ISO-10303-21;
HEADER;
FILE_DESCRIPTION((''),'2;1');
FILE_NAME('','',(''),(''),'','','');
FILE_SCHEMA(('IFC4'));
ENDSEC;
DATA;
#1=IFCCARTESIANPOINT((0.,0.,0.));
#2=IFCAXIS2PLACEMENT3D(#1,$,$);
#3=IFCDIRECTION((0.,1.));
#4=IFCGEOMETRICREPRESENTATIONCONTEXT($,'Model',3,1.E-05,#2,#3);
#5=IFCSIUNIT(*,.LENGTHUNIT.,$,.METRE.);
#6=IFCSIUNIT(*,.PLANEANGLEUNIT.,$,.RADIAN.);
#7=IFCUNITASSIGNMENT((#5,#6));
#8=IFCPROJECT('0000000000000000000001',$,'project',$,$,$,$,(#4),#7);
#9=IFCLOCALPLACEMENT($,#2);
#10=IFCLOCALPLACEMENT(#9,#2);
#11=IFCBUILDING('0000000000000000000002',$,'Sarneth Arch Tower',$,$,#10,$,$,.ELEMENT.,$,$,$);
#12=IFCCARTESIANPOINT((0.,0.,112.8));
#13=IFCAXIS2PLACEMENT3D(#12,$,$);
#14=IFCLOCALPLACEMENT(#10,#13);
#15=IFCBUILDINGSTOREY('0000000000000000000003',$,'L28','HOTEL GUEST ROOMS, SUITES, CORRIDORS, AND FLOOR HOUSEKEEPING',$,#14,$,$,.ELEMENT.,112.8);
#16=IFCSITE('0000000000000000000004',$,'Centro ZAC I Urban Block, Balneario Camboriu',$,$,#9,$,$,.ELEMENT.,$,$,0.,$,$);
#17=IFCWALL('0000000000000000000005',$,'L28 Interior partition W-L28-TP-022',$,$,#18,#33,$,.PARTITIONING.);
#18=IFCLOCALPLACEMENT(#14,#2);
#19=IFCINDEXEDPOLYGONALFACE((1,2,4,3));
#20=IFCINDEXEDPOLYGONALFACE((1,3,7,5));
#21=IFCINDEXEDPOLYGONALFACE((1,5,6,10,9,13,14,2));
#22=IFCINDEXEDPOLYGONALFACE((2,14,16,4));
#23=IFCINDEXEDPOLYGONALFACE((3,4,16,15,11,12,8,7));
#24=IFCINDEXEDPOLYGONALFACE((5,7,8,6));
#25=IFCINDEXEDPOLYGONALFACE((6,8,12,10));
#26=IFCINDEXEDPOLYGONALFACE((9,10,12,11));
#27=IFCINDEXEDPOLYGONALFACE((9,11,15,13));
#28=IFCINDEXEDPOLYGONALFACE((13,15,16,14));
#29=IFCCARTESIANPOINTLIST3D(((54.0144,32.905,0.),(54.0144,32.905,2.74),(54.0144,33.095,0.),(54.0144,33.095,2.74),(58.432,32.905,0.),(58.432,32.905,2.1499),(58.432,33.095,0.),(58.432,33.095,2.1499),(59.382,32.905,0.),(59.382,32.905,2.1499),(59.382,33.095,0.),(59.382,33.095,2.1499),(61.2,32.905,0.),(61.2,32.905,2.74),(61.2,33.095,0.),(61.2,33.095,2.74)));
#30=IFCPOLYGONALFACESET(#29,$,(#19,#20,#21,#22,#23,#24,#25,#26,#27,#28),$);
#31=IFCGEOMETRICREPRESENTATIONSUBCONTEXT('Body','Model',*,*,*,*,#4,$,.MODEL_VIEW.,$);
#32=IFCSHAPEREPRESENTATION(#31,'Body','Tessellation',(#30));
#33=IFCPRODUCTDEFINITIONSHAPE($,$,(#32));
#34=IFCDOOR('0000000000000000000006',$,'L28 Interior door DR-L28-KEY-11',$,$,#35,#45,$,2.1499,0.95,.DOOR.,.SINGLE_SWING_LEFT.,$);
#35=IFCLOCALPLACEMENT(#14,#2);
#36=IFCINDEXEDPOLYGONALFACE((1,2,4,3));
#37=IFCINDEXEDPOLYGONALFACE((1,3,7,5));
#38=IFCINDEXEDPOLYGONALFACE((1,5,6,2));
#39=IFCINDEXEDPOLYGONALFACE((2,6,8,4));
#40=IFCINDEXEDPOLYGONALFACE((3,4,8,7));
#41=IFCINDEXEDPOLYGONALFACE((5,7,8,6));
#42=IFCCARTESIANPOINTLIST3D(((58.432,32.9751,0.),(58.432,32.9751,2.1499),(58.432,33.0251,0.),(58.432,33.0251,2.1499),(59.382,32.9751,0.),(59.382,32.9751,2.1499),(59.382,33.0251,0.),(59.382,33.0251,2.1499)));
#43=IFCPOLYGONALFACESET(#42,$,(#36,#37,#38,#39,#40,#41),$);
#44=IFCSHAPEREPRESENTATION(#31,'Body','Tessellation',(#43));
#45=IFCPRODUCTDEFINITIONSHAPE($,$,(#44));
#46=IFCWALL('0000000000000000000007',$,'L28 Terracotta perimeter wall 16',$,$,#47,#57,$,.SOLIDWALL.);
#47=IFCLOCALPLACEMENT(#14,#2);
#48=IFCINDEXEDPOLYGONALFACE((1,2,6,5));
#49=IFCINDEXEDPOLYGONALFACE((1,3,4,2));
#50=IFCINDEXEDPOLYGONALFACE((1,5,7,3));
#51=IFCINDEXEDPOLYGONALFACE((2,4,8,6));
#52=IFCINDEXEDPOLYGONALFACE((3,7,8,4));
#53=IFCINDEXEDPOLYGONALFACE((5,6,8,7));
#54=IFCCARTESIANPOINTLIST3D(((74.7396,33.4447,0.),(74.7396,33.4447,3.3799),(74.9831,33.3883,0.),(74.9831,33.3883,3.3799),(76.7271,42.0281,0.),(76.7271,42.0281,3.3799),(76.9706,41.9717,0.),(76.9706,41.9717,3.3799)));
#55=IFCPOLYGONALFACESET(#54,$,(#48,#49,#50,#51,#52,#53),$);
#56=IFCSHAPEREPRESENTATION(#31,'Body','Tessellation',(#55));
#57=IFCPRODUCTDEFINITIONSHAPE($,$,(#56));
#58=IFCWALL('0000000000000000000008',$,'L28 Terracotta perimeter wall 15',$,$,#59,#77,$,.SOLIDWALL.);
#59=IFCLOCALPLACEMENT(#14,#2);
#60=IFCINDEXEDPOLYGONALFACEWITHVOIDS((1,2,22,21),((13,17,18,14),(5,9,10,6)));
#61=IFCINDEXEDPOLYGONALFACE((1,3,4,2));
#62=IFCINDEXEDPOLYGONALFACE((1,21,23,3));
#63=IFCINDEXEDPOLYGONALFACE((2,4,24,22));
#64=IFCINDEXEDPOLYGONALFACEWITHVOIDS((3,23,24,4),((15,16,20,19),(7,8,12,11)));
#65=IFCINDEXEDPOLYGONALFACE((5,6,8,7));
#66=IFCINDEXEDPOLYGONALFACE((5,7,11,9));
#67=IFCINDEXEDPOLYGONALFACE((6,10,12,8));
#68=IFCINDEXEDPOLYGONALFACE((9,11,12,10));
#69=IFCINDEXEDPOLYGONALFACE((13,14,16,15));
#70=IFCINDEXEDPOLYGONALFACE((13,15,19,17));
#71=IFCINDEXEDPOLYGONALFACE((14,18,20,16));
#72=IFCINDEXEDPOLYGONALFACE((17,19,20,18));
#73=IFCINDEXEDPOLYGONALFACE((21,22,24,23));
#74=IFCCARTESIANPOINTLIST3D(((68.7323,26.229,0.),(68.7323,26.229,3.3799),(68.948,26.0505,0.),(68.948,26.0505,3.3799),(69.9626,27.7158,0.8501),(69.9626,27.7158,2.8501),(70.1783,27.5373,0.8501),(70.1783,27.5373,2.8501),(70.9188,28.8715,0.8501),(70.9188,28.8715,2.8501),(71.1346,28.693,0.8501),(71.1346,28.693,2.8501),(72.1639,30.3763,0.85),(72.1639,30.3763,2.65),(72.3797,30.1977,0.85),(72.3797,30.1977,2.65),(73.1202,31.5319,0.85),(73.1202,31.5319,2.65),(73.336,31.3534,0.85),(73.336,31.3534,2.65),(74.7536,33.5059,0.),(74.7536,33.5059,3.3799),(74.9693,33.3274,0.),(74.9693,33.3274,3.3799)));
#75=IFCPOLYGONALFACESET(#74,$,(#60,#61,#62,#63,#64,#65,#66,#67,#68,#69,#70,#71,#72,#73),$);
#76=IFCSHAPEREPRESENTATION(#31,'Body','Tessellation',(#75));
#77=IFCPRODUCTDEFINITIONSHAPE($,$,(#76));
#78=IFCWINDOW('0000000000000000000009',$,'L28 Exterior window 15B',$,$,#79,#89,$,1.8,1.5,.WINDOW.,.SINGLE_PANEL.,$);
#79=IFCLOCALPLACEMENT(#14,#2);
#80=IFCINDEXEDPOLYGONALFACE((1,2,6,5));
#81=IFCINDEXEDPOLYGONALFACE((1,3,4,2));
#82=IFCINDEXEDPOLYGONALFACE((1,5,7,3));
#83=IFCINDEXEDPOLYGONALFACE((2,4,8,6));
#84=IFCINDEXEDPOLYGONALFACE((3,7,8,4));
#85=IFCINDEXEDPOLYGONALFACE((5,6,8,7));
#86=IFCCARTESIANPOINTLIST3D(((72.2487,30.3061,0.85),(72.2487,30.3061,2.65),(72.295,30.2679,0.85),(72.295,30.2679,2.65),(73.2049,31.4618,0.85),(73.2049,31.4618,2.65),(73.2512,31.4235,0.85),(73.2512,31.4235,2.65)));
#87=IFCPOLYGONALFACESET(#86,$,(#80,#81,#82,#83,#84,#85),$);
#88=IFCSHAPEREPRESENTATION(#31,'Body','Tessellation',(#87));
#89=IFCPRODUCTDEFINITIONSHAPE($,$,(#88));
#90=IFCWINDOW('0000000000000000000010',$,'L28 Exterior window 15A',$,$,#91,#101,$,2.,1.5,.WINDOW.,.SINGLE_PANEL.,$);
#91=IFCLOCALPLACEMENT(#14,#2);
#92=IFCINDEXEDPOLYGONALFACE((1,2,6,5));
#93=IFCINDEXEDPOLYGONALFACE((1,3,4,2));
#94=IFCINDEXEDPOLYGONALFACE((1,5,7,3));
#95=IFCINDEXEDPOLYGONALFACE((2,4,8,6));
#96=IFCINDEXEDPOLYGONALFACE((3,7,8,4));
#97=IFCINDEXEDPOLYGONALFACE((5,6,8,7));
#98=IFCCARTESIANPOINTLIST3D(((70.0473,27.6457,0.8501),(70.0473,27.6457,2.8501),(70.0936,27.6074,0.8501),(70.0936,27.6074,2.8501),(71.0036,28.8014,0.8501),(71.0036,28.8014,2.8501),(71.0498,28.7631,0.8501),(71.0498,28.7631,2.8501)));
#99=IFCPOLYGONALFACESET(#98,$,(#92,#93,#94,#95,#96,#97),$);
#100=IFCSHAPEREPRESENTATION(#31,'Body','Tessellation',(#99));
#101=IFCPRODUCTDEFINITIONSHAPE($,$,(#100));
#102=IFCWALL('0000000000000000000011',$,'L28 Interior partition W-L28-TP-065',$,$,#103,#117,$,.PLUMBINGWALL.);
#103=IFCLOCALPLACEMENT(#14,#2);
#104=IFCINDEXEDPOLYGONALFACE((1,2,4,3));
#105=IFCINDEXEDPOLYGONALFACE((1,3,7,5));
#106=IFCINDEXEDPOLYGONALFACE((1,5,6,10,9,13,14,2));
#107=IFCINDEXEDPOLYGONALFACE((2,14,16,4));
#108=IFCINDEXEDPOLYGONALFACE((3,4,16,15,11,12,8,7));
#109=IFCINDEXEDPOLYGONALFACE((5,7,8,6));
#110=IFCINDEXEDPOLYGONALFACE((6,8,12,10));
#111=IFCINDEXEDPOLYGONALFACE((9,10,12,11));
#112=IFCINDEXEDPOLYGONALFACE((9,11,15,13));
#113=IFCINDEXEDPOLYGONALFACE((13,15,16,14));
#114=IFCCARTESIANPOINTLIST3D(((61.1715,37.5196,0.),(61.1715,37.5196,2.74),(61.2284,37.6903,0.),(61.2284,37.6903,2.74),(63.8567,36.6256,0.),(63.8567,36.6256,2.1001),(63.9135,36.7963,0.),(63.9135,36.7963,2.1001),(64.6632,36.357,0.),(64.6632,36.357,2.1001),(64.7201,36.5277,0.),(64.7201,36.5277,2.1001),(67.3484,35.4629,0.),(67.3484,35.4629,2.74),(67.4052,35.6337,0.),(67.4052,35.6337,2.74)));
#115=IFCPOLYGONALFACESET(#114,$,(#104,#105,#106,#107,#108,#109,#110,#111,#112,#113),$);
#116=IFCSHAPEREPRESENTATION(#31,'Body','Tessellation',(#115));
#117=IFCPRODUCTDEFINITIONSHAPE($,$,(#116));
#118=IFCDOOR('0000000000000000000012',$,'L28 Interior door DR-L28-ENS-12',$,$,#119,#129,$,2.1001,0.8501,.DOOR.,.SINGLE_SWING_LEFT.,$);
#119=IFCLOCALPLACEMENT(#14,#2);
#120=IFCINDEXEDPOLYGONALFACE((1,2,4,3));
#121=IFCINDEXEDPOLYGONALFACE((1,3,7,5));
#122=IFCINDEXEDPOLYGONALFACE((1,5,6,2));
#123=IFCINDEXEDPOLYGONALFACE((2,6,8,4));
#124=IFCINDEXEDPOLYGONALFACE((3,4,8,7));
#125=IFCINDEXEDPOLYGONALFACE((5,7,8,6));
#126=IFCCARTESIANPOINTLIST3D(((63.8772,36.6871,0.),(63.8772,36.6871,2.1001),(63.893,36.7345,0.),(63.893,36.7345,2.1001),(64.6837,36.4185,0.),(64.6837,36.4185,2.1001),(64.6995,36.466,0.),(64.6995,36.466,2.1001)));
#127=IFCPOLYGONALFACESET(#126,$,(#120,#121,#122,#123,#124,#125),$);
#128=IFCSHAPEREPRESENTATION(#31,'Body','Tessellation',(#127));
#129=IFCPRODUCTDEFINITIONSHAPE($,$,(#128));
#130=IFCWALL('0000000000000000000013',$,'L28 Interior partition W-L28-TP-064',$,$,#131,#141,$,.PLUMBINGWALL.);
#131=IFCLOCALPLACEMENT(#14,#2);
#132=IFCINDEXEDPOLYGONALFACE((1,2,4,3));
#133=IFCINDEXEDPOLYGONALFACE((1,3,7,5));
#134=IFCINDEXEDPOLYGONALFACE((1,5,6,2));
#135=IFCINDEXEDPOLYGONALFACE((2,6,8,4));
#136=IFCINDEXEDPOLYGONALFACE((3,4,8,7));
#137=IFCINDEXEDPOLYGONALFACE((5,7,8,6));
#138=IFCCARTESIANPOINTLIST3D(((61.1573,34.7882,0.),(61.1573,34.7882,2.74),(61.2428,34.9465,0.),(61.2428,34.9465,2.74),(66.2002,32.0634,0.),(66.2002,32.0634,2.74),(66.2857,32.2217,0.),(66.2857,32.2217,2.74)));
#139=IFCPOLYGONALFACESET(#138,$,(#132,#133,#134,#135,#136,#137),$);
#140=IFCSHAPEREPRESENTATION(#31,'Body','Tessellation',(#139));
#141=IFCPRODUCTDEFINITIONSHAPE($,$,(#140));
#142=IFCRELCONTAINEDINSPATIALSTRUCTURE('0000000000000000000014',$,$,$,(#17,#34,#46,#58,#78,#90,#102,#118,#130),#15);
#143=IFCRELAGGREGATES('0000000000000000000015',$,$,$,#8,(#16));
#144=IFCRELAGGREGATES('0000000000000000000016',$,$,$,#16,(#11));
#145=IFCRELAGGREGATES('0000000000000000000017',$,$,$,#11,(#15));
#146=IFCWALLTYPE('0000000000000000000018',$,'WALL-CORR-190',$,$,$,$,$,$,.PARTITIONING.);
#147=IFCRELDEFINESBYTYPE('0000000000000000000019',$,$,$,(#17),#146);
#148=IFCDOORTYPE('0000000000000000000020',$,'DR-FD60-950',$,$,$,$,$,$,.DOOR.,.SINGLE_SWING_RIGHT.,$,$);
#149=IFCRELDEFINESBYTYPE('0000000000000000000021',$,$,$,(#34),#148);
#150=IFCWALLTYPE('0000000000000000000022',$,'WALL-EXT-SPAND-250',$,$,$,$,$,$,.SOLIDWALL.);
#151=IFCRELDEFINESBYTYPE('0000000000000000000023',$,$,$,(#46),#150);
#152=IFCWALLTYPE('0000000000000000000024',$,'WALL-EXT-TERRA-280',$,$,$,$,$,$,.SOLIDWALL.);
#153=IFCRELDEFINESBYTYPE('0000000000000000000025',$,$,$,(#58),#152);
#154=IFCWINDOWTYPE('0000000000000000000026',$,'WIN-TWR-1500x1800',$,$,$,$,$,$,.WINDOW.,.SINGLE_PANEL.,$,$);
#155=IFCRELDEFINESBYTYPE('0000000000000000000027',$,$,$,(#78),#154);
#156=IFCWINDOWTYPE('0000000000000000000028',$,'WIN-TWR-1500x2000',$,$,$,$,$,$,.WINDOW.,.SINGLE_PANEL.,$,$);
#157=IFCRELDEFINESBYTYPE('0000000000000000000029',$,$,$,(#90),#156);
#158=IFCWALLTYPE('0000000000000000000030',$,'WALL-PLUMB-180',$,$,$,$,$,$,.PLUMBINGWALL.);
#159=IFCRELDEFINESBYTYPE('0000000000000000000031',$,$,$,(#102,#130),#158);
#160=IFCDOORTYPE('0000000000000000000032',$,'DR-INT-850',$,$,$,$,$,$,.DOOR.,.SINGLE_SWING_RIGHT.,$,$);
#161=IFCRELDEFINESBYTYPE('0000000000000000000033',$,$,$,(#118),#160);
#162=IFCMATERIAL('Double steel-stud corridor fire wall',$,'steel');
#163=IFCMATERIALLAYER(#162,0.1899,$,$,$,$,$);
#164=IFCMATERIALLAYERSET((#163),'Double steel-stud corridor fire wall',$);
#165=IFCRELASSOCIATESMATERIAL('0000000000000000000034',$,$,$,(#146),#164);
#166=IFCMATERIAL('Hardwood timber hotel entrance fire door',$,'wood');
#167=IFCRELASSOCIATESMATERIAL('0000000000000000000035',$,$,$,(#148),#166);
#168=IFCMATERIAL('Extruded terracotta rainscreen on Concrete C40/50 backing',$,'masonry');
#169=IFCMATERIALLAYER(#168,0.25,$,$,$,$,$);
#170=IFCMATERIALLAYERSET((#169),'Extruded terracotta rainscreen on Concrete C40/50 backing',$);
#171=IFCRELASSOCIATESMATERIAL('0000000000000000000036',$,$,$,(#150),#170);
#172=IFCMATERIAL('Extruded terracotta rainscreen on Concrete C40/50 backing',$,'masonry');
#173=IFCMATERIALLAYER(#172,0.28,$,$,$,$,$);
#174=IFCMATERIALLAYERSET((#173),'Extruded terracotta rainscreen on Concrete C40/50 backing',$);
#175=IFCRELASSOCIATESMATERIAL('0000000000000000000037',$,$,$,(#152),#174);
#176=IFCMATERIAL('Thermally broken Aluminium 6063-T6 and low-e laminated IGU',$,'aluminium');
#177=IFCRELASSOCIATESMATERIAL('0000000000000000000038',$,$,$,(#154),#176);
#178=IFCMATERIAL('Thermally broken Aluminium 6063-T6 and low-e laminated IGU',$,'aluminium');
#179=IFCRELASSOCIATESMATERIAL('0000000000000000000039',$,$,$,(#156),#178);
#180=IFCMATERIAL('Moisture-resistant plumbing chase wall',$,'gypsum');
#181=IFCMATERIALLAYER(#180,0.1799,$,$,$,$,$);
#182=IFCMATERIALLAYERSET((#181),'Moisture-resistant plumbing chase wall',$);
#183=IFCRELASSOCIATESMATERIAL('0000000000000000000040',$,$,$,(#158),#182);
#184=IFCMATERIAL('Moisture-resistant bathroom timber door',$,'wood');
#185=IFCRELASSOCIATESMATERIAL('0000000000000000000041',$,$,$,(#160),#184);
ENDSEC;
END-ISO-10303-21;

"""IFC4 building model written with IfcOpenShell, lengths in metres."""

from ifc_helpers import new_model, si_unit, direction, frame, frame_2d, origin, place, context, subcontext, project, spatial, rectangle, extrude, material, layer, layer_set, type_object, element, fill, save


model = new_model("IFC4")

# Units and contexts
model_context = context("Model", 3, precision=1e-05, world=origin(), true_north=direction((0.0, 1.0)))
body_context = subcontext(model_context, "Body", "Model", "MODEL_VIEW")
ifc_project = project(units=[si_unit("LENGTHUNIT", "METRE"), si_unit("PLANEANGLEUNIT", "RADIAN")], contexts=[model_context])

# Site, building, storey
site_placement = place(None, origin())
site = spatial("IfcSite", under=ifc_project, at=site_placement, Name="Centro ZAC I Urban Block, Balneario Camboriu", CompositionType="ELEMENT", RefElevation=0.0)
building_placement = place(site_placement, origin())
building = spatial("IfcBuilding", under=site, at=building_placement, Name="Sarneth Arch Tower", CompositionType="ELEMENT")
storey_placement = place(building_placement, frame((0.0, 0.0, 112.8)))
storey = spatial("IfcBuildingStorey", under=building, at=storey_placement, Name="L28", Description="HOTEL GUEST ROOMS, SUITES, CORRIDORS, AND FLOOR HOUSEKEEPING", CompositionType="ELEMENT", Elevation=112.8)

# Wall, opening, door
ifc_material_1 = material(Name="Double steel-stud corridor fire wall", Category="steel")
ifc_layer_1 = layer(ifc_material_1, 0.1899)
ifc_layer_set_1 = layer_set([ifc_layer_1], Name="Double steel-stud corridor fire wall")
wall_type_1 = type_object("IfcWallType", Name="WALL-CORR-190", PredefinedType="PARTITIONING", material=ifc_layer_set_1)
wall_1_placement = place(storey_placement, frame((61.2, 33.0, 0.0), z_axis=(0.0, 0.0, 1.0), x_axis=(-1.0, 0.0, 0.0)))
wall_1 = element("IfcWall", 1, at=wall_1_placement, inside=storey, type_object=wall_type_1, Name="L28 Interior partition W-L28-TP-022", PredefinedType="PARTITIONING", context=body_context, shape_type="SweptSolid", body=[
    extrude(rectangle(XDim=7.1855, YDim=0.1899, at=frame_2d((3.5928, 0.0))), origin(), (0.0, 0.0, 1.0), 2.74),
])
opening_1_placement = place(wall_1_placement, frame((1.8179, 0.0, 0.0)))
opening_1 = element("IfcOpeningElement", 2, at=opening_1_placement, cuts=wall_1, PredefinedType="OPENING", context=body_context, shape_type="SweptSolid", body=[
    extrude(rectangle(XDim=0.95, YDim=2.1499, at=frame_2d((0.4751, 1.075))), frame((0.0, 0.105, 0.0), z_axis=(0.0, -1.0, 0.0), x_axis=(1.0, 0.0, 0.0)), (0.0, 0.0, 1.0), 0.21),
])
ifc_material_2 = material(Name="Hardwood timber hotel entrance fire door", Category="wood")
door_type_1 = type_object("IfcDoorType", Name="DR-FD60-950", OperationType="SINGLE_SWING_RIGHT", PredefinedType="DOOR", material=ifc_material_2)
door_1_placement = place(opening_1_placement, origin())
door_1 = element("IfcDoor", 3, at=door_1_placement, inside=storey, type_object=door_type_1, Name="L28 Interior door DR-L28-KEY-11", OperationType="SINGLE_SWING_LEFT", OverallHeight=2.1499, OverallWidth=0.95, PredefinedType="DOOR", context=body_context, shape_type="SweptSolid", body=[
    extrude(rectangle(XDim=0.95, YDim=2.1499, at=frame_2d((0.4751, 1.075))), frame((0.0, 0.0249, 0.0), z_axis=(0.0, -1.0, 0.0), x_axis=(1.0, 0.0, 0.0)), (0.0, 0.0, 1.0), 0.05),
])
fill(opening_1, door_1)

# Wall
ifc_material_3 = material(Name="Extruded terracotta rainscreen on Concrete C40/50 backing", Category="masonry")
ifc_layer_2 = layer(ifc_material_3, 0.25)
ifc_layer_set_2 = layer_set([ifc_layer_2], Name="Extruded terracotta rainscreen on Concrete C40/50 backing")
wall_type_2 = type_object("IfcWallType", Name="WALL-EXT-SPAND-250", PredefinedType="SOLIDWALL", material=ifc_layer_set_2)
wall_2_placement = place(storey_placement, frame((74.8613, 33.4165, 0.0), z_axis=(0.0, 0.0, 1.0), x_axis=(0.225586, 0.974223, 0.0)))
element("IfcWall", 4, at=wall_2_placement, inside=storey, type_object=wall_type_2, Name="L28 Terracotta perimeter wall 16", PredefinedType="SOLIDWALL", context=body_context, shape_type="SweptSolid", body=[
    extrude(rectangle(XDim=8.8105, YDim=0.25, at=frame_2d((4.4053, 0.0))), origin(), (0.0, 0.0, 1.0), 3.3799),
])

# Wall, openings, windows
ifc_material_4 = material(Name="Extruded terracotta rainscreen on Concrete C40/50 backing", Category="masonry")
ifc_layer_3 = layer(ifc_material_4, 0.28)
ifc_layer_set_3 = layer_set([ifc_layer_3], Name="Extruded terracotta rainscreen on Concrete C40/50 backing")
wall_type_3 = type_object("IfcWallType", Name="WALL-EXT-TERRA-280", PredefinedType="SOLIDWALL", material=ifc_layer_set_3)
wall_3_placement = place(storey_placement, frame((68.8401, 26.1396, 0.0), z_axis=(0.0, 0.0, 1.0), x_axis=(0.637506, 0.770446, 0.0)))
wall_3 = element("IfcWall", 5, at=wall_3_placement, inside=storey, type_object=wall_type_3, Name="L28 Terracotta perimeter wall 15", PredefinedType="SOLIDWALL", context=body_context, shape_type="SweptSolid", body=[
    extrude(rectangle(XDim=9.4451, YDim=0.28, at=frame_2d((4.7227, 0.0))), origin(), (0.0, 0.0, 1.0), 3.3799),
])
opening_2_placement = place(wall_3_placement, frame((1.9299, 0.0, 0.8501)))
opening_2 = element("IfcOpeningElement", 6, at=opening_2_placement, cuts=wall_3, PredefinedType="OPENING", context=body_context, shape_type="SweptSolid", body=[
    extrude(rectangle(XDim=1.5, YDim=2.0, at=frame_2d((0.75, 1.0))), frame((0.0, 0.1499, 0.0), z_axis=(0.0, -1.0, 0.0), x_axis=(1.0, 0.0, 0.0)), (0.0, 0.0, 1.0), 0.3),
])
opening_3_placement = place(wall_3_placement, frame((5.3831, 0.0, 0.8501)))
opening_3 = element("IfcOpeningElement", 7, at=opening_3_placement, cuts=wall_3, PredefinedType="OPENING", context=body_context, shape_type="SweptSolid", body=[
    extrude(rectangle(XDim=1.5, YDim=1.8, at=frame_2d((0.75, 0.8999))), frame((0.0, 0.1499, 0.0), z_axis=(0.0, -1.0, 0.0), x_axis=(1.0, 0.0, 0.0)), (0.0, 0.0, 1.0), 0.3),
])
ifc_material_5 = material(Name="Thermally broken Aluminium 6063-T6 and low-e laminated IGU", Category="aluminium")
window_type_1 = type_object("IfcWindowType", Name="WIN-TWR-1500x1800", PartitioningType="SINGLE_PANEL", PredefinedType="WINDOW", material=ifc_material_5)
window_1_placement = place(opening_3_placement, origin())
window_1 = element("IfcWindow", 8, at=window_1_placement, inside=storey, type_object=window_type_1, Name="L28 Exterior window 15B", OverallHeight=1.8, OverallWidth=1.5, PartitioningType="SINGLE_PANEL", PredefinedType="WINDOW", context=body_context, shape_type="SweptSolid", body=[
    extrude(rectangle(XDim=1.5, YDim=1.8, at=frame_2d((0.75, 0.8999))), frame((0.0, 0.03, 0.0), z_axis=(0.0, -1.0, 0.0), x_axis=(1.0, 0.0, 0.0)), (0.0, 0.0, 1.0), 0.0601),
])
fill(opening_3, window_1)
ifc_material_6 = material(Name="Thermally broken Aluminium 6063-T6 and low-e laminated IGU", Category="aluminium")
window_type_2 = type_object("IfcWindowType", Name="WIN-TWR-1500x2000", PartitioningType="SINGLE_PANEL", PredefinedType="WINDOW", material=ifc_material_6)
window_2_placement = place(opening_2_placement, origin())
window_2 = element("IfcWindow", 9, at=window_2_placement, inside=storey, type_object=window_type_2, Name="L28 Exterior window 15A", OverallHeight=2.0, OverallWidth=1.5, PartitioningType="SINGLE_PANEL", PredefinedType="WINDOW", context=body_context, shape_type="SweptSolid", body=[
    extrude(rectangle(XDim=1.5, YDim=2.0, at=frame_2d((0.75, 1.0))), frame((0.0, 0.03, 0.0), z_axis=(0.0, -1.0, 0.0), x_axis=(1.0, 0.0, 0.0)), (0.0, 0.0, 1.0), 0.0601),
])
fill(opening_2, window_2)

# Wall, opening, door
ifc_material_7 = material(Name="Moisture-resistant plumbing chase wall", Category="gypsum")
ifc_layer_4 = layer(ifc_material_7, 0.1799)
ifc_layer_set_4 = layer_set([ifc_layer_4], Name="Moisture-resistant plumbing chase wall")
wall_type_4 = type_object("IfcWallType", Name="WALL-PLUMB-180", PredefinedType="PLUMBINGWALL", material=ifc_layer_set_4)
wall_4_placement = place(storey_placement, frame((61.2, 37.605, 0.0), z_axis=(0.0, 0.0, 1.0), x_axis=(0.948788, -0.315913, 0.0)))
wall_4 = element("IfcWall", 10, at=wall_4_placement, inside=storey, type_object=wall_type_4, Name="L28 Interior partition W-L28-TP-065", PredefinedType="PLUMBINGWALL", context=body_context, shape_type="SweptSolid", body=[
    extrude(rectangle(XDim=6.5103, YDim=0.1799, at=frame_2d((3.2551, 0.0))), origin(), (0.0, 0.0, 1.0), 2.74),
])
opening_4_placement = place(wall_4_placement, frame((2.8301, 0.0, 0.0)))
opening_4 = element("IfcOpeningElement", 11, at=opening_4_placement, cuts=wall_4, PredefinedType="OPENING", context=body_context, shape_type="SweptSolid", body=[
    extrude(rectangle(XDim=0.8501, YDim=2.1001, at=frame_2d((0.425, 1.05))), frame((0.0, 0.0999, 0.0), z_axis=(0.0, -1.0, 0.0), x_axis=(1.0, 0.0, 0.0)), (0.0, 0.0, 1.0), 0.2),
])
ifc_material_8 = material(Name="Moisture-resistant bathroom timber door", Category="wood")
door_type_2 = type_object("IfcDoorType", Name="DR-INT-850", OperationType="SINGLE_SWING_RIGHT", PredefinedType="DOOR", material=ifc_material_8)
door_2_placement = place(opening_4_placement, origin())
door_2 = element("IfcDoor", 12, at=door_2_placement, inside=storey, type_object=door_type_2, Name="L28 Interior door DR-L28-ENS-12", OperationType="SINGLE_SWING_LEFT", OverallHeight=2.1001, OverallWidth=0.8501, PredefinedType="DOOR", context=body_context, shape_type="SweptSolid", body=[
    extrude(rectangle(XDim=0.8501, YDim=2.1001, at=frame_2d((0.425, 1.05))), frame((0.0, 0.0249, 0.0), z_axis=(0.0, -1.0, 0.0), x_axis=(1.0, 0.0, 0.0)), (0.0, 0.0, 1.0), 0.05),
])
fill(opening_4, door_2)

# Wall
wall_5_placement = place(storey_placement, frame((66.2429, 32.1426, 0.0), z_axis=(0.0, 0.0, 1.0), x_axis=(-0.879785, 0.475372, 0.0)))
element("IfcWall", 13, at=wall_5_placement, inside=storey, type_object=wall_type_4, Name="L28 Interior partition W-L28-TP-064", PredefinedType="PLUMBINGWALL", context=body_context, shape_type="SweptSolid", body=[
    extrude(rectangle(XDim=5.7319, YDim=0.1799, at=frame_2d((2.866, 0.0))), origin(), (0.0, 0.0, 1.0), 2.74),
])

save(model, "model.ifc")
